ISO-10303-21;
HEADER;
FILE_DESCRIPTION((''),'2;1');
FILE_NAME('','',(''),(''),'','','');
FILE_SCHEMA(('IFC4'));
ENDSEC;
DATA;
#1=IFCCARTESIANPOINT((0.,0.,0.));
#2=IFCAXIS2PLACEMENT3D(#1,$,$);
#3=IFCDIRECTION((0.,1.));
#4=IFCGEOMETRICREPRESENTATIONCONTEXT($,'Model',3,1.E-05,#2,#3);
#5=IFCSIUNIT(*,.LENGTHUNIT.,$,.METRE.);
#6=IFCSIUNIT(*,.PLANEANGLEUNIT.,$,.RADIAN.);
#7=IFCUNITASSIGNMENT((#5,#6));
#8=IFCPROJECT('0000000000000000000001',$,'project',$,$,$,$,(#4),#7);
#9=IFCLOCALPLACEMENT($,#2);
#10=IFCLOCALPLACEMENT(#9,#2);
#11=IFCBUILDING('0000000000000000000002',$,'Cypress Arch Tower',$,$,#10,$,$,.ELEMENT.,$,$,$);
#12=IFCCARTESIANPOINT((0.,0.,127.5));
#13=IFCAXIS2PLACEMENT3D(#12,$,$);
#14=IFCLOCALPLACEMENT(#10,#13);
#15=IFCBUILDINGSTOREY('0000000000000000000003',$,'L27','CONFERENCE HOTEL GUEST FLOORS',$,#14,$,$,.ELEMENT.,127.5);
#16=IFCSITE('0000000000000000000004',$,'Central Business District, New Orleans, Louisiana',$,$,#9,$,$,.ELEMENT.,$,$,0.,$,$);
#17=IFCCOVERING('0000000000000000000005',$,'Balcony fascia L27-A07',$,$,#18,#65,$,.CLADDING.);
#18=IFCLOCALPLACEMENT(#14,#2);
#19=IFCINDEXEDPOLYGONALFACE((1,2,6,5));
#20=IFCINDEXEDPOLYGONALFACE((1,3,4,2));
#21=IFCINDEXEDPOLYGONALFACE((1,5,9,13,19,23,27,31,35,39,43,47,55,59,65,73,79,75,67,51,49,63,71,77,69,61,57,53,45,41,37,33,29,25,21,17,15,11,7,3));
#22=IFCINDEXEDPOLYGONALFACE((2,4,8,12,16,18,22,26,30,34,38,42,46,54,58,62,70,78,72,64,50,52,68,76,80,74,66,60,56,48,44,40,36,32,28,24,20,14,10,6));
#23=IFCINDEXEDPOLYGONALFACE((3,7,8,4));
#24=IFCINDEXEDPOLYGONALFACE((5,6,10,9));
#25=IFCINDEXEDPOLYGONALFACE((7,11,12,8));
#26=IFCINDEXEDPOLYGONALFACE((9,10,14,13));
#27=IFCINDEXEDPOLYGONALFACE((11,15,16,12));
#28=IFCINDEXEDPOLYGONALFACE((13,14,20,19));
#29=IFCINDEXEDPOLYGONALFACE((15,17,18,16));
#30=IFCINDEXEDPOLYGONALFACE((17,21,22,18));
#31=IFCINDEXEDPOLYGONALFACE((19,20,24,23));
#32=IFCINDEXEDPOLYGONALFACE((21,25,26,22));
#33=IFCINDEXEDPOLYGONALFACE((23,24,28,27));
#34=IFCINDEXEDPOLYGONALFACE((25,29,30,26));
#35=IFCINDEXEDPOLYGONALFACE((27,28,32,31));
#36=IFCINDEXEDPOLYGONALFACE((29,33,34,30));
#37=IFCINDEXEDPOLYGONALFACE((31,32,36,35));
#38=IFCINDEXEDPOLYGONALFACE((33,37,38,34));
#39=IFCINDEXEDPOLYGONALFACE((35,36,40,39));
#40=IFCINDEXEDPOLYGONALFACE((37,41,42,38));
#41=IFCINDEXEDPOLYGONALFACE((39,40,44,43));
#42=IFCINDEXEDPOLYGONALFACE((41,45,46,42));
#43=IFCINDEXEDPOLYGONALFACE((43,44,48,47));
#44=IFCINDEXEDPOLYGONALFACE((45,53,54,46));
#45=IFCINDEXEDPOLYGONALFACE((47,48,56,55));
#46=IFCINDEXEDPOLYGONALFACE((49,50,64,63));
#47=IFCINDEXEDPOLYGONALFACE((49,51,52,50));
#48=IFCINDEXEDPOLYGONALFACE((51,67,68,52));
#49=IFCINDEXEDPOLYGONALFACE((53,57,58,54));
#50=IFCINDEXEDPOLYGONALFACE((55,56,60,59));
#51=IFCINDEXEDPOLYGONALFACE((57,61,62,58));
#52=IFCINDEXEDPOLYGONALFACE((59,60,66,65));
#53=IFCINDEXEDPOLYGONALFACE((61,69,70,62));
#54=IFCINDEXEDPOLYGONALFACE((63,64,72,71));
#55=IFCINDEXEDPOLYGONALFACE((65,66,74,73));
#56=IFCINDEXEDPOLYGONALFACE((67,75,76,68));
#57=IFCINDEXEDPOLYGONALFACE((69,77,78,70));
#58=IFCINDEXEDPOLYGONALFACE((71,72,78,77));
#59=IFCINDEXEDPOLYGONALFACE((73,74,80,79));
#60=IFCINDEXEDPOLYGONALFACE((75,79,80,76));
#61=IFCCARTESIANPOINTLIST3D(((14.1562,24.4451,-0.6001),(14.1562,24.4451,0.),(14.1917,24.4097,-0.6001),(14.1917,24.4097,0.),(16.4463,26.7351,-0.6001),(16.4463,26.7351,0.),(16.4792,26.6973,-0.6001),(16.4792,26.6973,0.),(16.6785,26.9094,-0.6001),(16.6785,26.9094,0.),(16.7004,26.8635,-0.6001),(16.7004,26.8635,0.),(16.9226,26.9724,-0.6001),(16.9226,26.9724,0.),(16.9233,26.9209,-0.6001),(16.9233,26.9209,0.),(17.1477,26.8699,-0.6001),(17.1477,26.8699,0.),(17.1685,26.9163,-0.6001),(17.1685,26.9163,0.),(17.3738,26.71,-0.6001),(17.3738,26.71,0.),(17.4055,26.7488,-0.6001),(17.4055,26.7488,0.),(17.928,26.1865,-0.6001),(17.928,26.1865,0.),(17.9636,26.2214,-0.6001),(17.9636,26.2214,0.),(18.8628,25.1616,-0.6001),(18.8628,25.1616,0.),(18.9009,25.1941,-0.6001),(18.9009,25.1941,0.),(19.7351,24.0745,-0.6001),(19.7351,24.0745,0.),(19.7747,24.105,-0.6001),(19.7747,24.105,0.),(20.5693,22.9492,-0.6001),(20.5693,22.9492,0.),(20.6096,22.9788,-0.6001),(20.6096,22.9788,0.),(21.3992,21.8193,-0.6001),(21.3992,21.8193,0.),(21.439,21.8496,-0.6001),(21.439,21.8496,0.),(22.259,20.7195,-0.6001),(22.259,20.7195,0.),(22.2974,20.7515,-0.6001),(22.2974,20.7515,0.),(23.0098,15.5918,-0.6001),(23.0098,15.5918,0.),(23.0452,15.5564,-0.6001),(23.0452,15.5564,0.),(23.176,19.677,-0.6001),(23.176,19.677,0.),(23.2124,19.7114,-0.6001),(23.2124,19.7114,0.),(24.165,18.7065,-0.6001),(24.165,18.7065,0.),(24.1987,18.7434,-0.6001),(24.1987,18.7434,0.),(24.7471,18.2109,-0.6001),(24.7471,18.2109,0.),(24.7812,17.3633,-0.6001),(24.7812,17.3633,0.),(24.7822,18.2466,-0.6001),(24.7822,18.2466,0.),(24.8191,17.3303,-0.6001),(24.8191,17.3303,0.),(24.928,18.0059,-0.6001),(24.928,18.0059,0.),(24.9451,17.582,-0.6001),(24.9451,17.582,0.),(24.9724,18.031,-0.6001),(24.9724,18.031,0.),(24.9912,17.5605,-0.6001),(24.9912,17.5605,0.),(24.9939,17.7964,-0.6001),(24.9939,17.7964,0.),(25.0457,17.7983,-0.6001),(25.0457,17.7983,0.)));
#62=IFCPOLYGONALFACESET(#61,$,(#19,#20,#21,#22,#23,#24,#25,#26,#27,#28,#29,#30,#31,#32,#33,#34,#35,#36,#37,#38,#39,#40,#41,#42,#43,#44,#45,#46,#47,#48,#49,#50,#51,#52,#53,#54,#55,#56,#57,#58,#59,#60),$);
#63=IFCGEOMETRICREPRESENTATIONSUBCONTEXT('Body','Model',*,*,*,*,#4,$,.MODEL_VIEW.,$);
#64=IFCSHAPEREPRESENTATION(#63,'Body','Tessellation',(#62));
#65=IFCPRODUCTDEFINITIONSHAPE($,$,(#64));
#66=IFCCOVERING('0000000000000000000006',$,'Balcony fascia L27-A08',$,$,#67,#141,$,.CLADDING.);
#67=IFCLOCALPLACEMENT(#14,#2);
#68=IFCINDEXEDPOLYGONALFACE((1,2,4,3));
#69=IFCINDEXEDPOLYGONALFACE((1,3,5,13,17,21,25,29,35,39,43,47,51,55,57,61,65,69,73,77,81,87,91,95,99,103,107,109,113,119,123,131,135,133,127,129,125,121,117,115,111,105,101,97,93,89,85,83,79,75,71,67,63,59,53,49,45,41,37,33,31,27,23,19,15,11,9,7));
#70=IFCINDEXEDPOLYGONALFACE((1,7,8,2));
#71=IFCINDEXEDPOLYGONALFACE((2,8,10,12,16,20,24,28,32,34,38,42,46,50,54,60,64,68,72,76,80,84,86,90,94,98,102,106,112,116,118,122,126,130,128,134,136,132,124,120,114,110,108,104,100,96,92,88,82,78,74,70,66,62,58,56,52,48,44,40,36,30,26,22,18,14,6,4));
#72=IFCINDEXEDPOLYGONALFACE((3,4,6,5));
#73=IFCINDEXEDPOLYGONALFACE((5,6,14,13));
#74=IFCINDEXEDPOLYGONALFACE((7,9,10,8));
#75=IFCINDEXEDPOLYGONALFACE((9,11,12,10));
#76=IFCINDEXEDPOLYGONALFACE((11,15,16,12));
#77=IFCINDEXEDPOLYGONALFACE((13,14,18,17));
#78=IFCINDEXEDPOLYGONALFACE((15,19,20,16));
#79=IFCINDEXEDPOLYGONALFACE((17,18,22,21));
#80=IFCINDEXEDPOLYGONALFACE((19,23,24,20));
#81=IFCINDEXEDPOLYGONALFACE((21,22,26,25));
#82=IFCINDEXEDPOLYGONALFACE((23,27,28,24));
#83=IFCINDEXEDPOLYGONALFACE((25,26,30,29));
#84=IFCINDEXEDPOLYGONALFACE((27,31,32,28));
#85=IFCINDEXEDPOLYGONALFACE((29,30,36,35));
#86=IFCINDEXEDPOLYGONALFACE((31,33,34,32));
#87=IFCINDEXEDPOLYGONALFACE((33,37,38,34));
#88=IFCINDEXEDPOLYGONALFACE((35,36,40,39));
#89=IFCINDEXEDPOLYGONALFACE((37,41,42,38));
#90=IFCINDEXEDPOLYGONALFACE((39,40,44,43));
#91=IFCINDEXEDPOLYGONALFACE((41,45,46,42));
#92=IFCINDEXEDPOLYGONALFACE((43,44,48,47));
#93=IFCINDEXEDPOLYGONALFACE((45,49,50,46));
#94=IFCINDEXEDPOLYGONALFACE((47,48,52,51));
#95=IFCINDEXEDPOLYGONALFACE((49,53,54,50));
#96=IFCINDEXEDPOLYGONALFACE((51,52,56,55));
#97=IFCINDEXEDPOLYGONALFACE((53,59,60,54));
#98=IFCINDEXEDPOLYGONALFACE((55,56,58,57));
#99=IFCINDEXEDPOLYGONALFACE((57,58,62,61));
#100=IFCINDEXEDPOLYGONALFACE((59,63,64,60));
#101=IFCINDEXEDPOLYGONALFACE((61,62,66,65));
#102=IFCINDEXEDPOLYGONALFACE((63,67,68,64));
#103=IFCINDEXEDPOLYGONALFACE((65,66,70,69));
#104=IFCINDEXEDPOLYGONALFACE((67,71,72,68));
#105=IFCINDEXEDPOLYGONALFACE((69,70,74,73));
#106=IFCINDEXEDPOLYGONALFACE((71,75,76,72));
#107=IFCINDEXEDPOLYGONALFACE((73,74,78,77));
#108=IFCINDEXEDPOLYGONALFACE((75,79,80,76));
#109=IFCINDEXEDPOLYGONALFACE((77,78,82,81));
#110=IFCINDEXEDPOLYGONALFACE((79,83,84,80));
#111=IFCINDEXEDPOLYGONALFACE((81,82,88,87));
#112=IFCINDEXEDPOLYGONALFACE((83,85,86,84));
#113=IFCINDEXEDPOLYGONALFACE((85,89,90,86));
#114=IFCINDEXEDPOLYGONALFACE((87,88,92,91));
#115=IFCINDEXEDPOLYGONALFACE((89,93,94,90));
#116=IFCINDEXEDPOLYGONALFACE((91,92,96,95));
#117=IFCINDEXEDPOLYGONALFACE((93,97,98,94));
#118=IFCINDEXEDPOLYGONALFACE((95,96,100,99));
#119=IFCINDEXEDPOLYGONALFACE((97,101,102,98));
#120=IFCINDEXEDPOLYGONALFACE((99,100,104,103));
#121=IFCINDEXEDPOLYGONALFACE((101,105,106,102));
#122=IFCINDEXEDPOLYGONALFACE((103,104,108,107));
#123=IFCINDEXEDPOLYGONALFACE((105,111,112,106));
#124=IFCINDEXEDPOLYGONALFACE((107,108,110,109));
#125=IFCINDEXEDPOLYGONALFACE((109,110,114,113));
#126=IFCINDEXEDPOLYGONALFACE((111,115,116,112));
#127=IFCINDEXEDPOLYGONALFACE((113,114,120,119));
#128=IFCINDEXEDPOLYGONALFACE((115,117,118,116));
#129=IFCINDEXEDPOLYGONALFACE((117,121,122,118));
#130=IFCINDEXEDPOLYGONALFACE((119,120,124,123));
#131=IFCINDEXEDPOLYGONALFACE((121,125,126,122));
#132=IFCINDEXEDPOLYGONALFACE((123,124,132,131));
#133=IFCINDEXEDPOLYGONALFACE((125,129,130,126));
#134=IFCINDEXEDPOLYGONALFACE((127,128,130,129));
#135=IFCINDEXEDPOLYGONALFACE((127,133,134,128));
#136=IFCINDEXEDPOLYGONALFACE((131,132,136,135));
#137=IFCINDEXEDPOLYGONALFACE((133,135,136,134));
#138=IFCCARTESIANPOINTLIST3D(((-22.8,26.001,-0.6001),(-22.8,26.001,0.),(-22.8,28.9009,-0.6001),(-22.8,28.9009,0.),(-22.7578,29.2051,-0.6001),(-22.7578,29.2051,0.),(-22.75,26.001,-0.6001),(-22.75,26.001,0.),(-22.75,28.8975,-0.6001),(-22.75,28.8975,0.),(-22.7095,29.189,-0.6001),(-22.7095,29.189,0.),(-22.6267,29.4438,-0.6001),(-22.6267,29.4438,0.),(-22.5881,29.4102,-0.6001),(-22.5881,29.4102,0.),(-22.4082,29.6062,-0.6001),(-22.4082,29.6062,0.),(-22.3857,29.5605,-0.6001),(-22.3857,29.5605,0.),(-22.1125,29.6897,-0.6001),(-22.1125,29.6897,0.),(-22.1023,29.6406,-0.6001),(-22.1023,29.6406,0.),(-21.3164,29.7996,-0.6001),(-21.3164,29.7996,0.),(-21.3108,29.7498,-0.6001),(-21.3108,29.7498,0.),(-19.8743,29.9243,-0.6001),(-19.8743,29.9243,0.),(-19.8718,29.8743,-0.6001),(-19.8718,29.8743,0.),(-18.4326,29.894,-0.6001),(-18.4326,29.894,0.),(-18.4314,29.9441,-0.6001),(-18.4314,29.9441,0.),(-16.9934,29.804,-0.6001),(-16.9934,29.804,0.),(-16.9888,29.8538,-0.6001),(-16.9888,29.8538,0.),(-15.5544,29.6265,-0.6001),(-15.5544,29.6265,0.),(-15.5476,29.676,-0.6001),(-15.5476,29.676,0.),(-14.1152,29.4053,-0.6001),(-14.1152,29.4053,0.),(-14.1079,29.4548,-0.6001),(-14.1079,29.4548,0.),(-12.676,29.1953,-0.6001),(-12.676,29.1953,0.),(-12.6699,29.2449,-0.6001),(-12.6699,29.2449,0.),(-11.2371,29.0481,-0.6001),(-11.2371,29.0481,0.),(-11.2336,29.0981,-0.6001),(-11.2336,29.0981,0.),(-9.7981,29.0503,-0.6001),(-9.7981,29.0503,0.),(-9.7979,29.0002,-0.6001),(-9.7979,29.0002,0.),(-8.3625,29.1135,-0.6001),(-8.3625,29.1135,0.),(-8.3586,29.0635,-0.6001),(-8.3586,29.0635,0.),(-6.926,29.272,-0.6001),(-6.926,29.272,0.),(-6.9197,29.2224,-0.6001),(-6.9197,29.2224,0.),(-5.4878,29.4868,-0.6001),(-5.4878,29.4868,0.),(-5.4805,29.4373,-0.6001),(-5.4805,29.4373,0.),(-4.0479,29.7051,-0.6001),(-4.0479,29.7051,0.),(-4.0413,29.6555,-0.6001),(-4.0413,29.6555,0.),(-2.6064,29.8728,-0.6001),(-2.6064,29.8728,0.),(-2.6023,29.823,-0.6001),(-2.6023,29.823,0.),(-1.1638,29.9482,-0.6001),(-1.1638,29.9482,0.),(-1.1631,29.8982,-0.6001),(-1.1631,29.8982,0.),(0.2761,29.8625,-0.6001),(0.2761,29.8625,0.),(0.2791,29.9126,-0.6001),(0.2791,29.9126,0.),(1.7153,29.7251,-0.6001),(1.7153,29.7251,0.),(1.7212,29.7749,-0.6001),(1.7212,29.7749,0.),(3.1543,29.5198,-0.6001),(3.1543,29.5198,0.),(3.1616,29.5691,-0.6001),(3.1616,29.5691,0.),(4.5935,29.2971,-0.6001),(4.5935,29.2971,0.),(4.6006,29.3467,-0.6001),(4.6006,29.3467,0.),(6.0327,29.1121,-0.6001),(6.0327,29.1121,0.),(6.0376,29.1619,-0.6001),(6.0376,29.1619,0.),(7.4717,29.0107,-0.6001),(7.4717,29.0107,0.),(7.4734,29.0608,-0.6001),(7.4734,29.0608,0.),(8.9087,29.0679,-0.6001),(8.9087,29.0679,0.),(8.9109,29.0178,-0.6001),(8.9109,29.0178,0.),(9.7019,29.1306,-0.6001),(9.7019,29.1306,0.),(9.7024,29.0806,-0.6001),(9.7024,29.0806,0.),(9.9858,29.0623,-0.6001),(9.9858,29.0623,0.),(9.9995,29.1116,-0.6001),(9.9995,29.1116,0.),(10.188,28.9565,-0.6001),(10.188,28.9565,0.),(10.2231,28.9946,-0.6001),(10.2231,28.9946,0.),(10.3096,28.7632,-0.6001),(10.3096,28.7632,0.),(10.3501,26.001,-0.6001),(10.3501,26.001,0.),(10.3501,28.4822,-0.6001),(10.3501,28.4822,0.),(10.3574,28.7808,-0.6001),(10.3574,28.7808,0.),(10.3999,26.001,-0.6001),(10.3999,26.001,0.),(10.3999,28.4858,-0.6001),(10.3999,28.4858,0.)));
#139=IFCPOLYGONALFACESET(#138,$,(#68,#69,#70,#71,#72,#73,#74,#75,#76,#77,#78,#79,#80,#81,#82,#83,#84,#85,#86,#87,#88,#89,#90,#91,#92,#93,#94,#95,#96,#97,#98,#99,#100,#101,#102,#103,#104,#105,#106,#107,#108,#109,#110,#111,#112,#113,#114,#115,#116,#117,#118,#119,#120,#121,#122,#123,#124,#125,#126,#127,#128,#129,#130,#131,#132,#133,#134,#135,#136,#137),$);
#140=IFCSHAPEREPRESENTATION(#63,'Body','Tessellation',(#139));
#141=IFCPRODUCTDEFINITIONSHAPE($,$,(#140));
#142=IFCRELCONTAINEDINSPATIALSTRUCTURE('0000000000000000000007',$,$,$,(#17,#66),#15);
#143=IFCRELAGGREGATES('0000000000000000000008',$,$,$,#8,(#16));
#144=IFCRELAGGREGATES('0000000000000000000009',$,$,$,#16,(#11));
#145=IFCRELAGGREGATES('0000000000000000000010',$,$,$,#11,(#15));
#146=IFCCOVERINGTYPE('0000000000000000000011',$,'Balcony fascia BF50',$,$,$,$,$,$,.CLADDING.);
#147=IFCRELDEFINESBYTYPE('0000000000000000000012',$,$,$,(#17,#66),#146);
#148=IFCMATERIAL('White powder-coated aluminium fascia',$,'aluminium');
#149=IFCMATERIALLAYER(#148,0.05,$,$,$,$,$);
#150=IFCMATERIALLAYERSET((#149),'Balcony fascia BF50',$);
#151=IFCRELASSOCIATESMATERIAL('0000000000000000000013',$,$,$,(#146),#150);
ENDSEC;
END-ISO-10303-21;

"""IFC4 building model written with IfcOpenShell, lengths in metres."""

from ifc_helpers import new_model, si_unit, direction, frame, origin, place, context, subcontext, project, spatial, polyline, outline, extrude, material, layer, layer_set, type_object, element, save


model = new_model("IFC4")

# Units and contexts
model_context = context("Model", 3, precision=1e-05, world=origin(), true_north=direction((0.0, 1.0)))
body_context = subcontext(model_context, "Body", "Model", "MODEL_VIEW")
ifc_project = project(units=[si_unit("LENGTHUNIT", "METRE"), si_unit("PLANEANGLEUNIT", "RADIAN")], contexts=[model_context])

# Site, building, storey
site_placement = place(None, origin())
site = spatial("IfcSite", under=ifc_project, at=site_placement, Name="Central Business District, New Orleans, Louisiana", CompositionType="ELEMENT", RefElevation=0.0)
building_placement = place(site_placement, origin())
building = spatial("IfcBuilding", under=site, at=building_placement, Name="Cypress Arch Tower", CompositionType="ELEMENT")
storey_placement = place(building_placement, frame((0.0, 0.0, 127.5)))
storey = spatial("IfcBuildingStorey", under=building, at=storey_placement, Name="L27", Description="CONFERENCE HOTEL GUEST FLOORS", CompositionType="ELEMENT", Elevation=127.5)

# Coverings
ifc_material_1 = material(Name="White powder-coated aluminium fascia", Category="aluminium")
ifc_layer_1 = layer(ifc_material_1, 0.05)
ifc_layer_set_1 = layer_set([ifc_layer_1], Name="Balcony fascia BF50")
covering_type_1 = type_object("IfcCoveringType", Name="Balcony fascia BF50", PredefinedType="CLADDING", material=ifc_layer_set_1)
covering_1_placement = place(storey_placement, frame((0.0, 0.0, -0.6001)))
element("IfcCovering", 1, at=covering_1_placement, inside=storey, type_object=covering_type_1, Name="Balcony fascia L27-A07", PredefinedType="CLADDING", context=body_context, shape_type="SweptSolid", body=[
    extrude(outline(polyline([(16.4463, 26.7351), (16.6785, 26.9094), (16.9226, 26.9724), (17.1685, 26.9163), (17.4055, 26.7488), (17.9636, 26.2214), (18.9009, 25.1941), (19.7747, 24.105), (20.6096, 22.9788), (21.439, 21.8496), (22.2974, 20.7515), (23.2124, 19.7114), (24.1987, 18.7434), (24.7822, 18.2466), (24.9724, 18.031), (25.0457, 17.7983), (24.9912, 17.5605), (24.8191, 17.3303), (23.0452, 15.5564), (23.0098, 15.5918), (24.7812, 17.3633), (24.9451, 17.582), (24.9939, 17.7964), (24.928, 18.0059), (24.7471, 18.2109), (24.165, 18.7065), (23.176, 19.677), (22.259, 20.7195), (21.3992, 21.8193), (20.5693, 22.9492), (19.7351, 24.0745), (18.8628, 25.1616), (17.928, 26.1865), (17.3738, 26.71), (17.1477, 26.8699), (16.9233, 26.9209), (16.7004, 26.8635), (16.4792, 26.6973), (14.1917, 24.4097), (14.1562, 24.4451), (16.4463, 26.7351)])), origin(), (0.0, 0.0, 1.0), 0.6001),
])
covering_2_placement = place(storey_placement, frame((0.0, 0.0, -0.6001)))
element("IfcCovering", 2, at=covering_2_placement, inside=storey, type_object=covering_type_1, Name="Balcony fascia L27-A08", PredefinedType="CLADDING", context=body_context, shape_type="SweptSolid", body=[
    extrude(outline(polyline([(-22.8, 28.9009), (-22.7578, 29.2051), (-22.6267, 29.4438), (-22.4082, 29.6062), (-22.1125, 29.6897), (-21.3164, 29.7996), (-19.8743, 29.9243), (-18.4314, 29.9441), (-16.9888, 29.8538), (-15.5476, 29.676), (-14.1079, 29.4548), (-12.6699, 29.2449), (-11.2336, 29.0981), (-9.7981, 29.0503), (-8.3625, 29.1135), (-6.926, 29.272), (-5.4878, 29.4868), (-4.0479, 29.7051), (-2.6064, 29.8728), (-1.1638, 29.9482), (0.2791, 29.9126), (1.7212, 29.7749), (3.1616, 29.5691), (4.6006, 29.3467), (6.0376, 29.1619), (7.4734, 29.0608), (8.9087, 29.0679), (9.7019, 29.1306), (9.9995, 29.1116), (10.2231, 28.9946), (10.3574, 28.7808), (10.3999, 28.4858), (10.3999, 26.001), (10.3501, 26.001), (10.3501, 28.4822), (10.3096, 28.7632), (10.188, 28.9565), (9.9858, 29.0623), (9.7024, 29.0806), (8.9109, 29.0178), (7.4717, 29.0107), (6.0327, 29.1121), (4.5935, 29.2971), (3.1543, 29.5198), (1.7153, 29.7251), (0.2761, 29.8625), (-1.1631, 29.8982), (-2.6023, 29.823), (-4.0413, 29.6555), (-5.4805, 29.4373), (-6.9197, 29.2224), (-8.3586, 29.0635), (-9.7979, 29.0002), (-11.2371, 29.0481), (-12.676, 29.1953), (-14.1152, 29.4053), (-15.5544, 29.6265), (-16.9934, 29.804), (-18.4326, 29.894), (-19.8718, 29.8743), (-21.3108, 29.7498), (-22.1023, 29.6406), (-22.3857, 29.5605), (-22.5881, 29.4102), (-22.7095, 29.189), (-22.75, 28.8975), (-22.75, 26.001), (-22.8, 26.001), (-22.8, 28.9009)])), origin(), (0.0, 0.0, 1.0), 0.6001),
])

save(model, "model.ifc")
